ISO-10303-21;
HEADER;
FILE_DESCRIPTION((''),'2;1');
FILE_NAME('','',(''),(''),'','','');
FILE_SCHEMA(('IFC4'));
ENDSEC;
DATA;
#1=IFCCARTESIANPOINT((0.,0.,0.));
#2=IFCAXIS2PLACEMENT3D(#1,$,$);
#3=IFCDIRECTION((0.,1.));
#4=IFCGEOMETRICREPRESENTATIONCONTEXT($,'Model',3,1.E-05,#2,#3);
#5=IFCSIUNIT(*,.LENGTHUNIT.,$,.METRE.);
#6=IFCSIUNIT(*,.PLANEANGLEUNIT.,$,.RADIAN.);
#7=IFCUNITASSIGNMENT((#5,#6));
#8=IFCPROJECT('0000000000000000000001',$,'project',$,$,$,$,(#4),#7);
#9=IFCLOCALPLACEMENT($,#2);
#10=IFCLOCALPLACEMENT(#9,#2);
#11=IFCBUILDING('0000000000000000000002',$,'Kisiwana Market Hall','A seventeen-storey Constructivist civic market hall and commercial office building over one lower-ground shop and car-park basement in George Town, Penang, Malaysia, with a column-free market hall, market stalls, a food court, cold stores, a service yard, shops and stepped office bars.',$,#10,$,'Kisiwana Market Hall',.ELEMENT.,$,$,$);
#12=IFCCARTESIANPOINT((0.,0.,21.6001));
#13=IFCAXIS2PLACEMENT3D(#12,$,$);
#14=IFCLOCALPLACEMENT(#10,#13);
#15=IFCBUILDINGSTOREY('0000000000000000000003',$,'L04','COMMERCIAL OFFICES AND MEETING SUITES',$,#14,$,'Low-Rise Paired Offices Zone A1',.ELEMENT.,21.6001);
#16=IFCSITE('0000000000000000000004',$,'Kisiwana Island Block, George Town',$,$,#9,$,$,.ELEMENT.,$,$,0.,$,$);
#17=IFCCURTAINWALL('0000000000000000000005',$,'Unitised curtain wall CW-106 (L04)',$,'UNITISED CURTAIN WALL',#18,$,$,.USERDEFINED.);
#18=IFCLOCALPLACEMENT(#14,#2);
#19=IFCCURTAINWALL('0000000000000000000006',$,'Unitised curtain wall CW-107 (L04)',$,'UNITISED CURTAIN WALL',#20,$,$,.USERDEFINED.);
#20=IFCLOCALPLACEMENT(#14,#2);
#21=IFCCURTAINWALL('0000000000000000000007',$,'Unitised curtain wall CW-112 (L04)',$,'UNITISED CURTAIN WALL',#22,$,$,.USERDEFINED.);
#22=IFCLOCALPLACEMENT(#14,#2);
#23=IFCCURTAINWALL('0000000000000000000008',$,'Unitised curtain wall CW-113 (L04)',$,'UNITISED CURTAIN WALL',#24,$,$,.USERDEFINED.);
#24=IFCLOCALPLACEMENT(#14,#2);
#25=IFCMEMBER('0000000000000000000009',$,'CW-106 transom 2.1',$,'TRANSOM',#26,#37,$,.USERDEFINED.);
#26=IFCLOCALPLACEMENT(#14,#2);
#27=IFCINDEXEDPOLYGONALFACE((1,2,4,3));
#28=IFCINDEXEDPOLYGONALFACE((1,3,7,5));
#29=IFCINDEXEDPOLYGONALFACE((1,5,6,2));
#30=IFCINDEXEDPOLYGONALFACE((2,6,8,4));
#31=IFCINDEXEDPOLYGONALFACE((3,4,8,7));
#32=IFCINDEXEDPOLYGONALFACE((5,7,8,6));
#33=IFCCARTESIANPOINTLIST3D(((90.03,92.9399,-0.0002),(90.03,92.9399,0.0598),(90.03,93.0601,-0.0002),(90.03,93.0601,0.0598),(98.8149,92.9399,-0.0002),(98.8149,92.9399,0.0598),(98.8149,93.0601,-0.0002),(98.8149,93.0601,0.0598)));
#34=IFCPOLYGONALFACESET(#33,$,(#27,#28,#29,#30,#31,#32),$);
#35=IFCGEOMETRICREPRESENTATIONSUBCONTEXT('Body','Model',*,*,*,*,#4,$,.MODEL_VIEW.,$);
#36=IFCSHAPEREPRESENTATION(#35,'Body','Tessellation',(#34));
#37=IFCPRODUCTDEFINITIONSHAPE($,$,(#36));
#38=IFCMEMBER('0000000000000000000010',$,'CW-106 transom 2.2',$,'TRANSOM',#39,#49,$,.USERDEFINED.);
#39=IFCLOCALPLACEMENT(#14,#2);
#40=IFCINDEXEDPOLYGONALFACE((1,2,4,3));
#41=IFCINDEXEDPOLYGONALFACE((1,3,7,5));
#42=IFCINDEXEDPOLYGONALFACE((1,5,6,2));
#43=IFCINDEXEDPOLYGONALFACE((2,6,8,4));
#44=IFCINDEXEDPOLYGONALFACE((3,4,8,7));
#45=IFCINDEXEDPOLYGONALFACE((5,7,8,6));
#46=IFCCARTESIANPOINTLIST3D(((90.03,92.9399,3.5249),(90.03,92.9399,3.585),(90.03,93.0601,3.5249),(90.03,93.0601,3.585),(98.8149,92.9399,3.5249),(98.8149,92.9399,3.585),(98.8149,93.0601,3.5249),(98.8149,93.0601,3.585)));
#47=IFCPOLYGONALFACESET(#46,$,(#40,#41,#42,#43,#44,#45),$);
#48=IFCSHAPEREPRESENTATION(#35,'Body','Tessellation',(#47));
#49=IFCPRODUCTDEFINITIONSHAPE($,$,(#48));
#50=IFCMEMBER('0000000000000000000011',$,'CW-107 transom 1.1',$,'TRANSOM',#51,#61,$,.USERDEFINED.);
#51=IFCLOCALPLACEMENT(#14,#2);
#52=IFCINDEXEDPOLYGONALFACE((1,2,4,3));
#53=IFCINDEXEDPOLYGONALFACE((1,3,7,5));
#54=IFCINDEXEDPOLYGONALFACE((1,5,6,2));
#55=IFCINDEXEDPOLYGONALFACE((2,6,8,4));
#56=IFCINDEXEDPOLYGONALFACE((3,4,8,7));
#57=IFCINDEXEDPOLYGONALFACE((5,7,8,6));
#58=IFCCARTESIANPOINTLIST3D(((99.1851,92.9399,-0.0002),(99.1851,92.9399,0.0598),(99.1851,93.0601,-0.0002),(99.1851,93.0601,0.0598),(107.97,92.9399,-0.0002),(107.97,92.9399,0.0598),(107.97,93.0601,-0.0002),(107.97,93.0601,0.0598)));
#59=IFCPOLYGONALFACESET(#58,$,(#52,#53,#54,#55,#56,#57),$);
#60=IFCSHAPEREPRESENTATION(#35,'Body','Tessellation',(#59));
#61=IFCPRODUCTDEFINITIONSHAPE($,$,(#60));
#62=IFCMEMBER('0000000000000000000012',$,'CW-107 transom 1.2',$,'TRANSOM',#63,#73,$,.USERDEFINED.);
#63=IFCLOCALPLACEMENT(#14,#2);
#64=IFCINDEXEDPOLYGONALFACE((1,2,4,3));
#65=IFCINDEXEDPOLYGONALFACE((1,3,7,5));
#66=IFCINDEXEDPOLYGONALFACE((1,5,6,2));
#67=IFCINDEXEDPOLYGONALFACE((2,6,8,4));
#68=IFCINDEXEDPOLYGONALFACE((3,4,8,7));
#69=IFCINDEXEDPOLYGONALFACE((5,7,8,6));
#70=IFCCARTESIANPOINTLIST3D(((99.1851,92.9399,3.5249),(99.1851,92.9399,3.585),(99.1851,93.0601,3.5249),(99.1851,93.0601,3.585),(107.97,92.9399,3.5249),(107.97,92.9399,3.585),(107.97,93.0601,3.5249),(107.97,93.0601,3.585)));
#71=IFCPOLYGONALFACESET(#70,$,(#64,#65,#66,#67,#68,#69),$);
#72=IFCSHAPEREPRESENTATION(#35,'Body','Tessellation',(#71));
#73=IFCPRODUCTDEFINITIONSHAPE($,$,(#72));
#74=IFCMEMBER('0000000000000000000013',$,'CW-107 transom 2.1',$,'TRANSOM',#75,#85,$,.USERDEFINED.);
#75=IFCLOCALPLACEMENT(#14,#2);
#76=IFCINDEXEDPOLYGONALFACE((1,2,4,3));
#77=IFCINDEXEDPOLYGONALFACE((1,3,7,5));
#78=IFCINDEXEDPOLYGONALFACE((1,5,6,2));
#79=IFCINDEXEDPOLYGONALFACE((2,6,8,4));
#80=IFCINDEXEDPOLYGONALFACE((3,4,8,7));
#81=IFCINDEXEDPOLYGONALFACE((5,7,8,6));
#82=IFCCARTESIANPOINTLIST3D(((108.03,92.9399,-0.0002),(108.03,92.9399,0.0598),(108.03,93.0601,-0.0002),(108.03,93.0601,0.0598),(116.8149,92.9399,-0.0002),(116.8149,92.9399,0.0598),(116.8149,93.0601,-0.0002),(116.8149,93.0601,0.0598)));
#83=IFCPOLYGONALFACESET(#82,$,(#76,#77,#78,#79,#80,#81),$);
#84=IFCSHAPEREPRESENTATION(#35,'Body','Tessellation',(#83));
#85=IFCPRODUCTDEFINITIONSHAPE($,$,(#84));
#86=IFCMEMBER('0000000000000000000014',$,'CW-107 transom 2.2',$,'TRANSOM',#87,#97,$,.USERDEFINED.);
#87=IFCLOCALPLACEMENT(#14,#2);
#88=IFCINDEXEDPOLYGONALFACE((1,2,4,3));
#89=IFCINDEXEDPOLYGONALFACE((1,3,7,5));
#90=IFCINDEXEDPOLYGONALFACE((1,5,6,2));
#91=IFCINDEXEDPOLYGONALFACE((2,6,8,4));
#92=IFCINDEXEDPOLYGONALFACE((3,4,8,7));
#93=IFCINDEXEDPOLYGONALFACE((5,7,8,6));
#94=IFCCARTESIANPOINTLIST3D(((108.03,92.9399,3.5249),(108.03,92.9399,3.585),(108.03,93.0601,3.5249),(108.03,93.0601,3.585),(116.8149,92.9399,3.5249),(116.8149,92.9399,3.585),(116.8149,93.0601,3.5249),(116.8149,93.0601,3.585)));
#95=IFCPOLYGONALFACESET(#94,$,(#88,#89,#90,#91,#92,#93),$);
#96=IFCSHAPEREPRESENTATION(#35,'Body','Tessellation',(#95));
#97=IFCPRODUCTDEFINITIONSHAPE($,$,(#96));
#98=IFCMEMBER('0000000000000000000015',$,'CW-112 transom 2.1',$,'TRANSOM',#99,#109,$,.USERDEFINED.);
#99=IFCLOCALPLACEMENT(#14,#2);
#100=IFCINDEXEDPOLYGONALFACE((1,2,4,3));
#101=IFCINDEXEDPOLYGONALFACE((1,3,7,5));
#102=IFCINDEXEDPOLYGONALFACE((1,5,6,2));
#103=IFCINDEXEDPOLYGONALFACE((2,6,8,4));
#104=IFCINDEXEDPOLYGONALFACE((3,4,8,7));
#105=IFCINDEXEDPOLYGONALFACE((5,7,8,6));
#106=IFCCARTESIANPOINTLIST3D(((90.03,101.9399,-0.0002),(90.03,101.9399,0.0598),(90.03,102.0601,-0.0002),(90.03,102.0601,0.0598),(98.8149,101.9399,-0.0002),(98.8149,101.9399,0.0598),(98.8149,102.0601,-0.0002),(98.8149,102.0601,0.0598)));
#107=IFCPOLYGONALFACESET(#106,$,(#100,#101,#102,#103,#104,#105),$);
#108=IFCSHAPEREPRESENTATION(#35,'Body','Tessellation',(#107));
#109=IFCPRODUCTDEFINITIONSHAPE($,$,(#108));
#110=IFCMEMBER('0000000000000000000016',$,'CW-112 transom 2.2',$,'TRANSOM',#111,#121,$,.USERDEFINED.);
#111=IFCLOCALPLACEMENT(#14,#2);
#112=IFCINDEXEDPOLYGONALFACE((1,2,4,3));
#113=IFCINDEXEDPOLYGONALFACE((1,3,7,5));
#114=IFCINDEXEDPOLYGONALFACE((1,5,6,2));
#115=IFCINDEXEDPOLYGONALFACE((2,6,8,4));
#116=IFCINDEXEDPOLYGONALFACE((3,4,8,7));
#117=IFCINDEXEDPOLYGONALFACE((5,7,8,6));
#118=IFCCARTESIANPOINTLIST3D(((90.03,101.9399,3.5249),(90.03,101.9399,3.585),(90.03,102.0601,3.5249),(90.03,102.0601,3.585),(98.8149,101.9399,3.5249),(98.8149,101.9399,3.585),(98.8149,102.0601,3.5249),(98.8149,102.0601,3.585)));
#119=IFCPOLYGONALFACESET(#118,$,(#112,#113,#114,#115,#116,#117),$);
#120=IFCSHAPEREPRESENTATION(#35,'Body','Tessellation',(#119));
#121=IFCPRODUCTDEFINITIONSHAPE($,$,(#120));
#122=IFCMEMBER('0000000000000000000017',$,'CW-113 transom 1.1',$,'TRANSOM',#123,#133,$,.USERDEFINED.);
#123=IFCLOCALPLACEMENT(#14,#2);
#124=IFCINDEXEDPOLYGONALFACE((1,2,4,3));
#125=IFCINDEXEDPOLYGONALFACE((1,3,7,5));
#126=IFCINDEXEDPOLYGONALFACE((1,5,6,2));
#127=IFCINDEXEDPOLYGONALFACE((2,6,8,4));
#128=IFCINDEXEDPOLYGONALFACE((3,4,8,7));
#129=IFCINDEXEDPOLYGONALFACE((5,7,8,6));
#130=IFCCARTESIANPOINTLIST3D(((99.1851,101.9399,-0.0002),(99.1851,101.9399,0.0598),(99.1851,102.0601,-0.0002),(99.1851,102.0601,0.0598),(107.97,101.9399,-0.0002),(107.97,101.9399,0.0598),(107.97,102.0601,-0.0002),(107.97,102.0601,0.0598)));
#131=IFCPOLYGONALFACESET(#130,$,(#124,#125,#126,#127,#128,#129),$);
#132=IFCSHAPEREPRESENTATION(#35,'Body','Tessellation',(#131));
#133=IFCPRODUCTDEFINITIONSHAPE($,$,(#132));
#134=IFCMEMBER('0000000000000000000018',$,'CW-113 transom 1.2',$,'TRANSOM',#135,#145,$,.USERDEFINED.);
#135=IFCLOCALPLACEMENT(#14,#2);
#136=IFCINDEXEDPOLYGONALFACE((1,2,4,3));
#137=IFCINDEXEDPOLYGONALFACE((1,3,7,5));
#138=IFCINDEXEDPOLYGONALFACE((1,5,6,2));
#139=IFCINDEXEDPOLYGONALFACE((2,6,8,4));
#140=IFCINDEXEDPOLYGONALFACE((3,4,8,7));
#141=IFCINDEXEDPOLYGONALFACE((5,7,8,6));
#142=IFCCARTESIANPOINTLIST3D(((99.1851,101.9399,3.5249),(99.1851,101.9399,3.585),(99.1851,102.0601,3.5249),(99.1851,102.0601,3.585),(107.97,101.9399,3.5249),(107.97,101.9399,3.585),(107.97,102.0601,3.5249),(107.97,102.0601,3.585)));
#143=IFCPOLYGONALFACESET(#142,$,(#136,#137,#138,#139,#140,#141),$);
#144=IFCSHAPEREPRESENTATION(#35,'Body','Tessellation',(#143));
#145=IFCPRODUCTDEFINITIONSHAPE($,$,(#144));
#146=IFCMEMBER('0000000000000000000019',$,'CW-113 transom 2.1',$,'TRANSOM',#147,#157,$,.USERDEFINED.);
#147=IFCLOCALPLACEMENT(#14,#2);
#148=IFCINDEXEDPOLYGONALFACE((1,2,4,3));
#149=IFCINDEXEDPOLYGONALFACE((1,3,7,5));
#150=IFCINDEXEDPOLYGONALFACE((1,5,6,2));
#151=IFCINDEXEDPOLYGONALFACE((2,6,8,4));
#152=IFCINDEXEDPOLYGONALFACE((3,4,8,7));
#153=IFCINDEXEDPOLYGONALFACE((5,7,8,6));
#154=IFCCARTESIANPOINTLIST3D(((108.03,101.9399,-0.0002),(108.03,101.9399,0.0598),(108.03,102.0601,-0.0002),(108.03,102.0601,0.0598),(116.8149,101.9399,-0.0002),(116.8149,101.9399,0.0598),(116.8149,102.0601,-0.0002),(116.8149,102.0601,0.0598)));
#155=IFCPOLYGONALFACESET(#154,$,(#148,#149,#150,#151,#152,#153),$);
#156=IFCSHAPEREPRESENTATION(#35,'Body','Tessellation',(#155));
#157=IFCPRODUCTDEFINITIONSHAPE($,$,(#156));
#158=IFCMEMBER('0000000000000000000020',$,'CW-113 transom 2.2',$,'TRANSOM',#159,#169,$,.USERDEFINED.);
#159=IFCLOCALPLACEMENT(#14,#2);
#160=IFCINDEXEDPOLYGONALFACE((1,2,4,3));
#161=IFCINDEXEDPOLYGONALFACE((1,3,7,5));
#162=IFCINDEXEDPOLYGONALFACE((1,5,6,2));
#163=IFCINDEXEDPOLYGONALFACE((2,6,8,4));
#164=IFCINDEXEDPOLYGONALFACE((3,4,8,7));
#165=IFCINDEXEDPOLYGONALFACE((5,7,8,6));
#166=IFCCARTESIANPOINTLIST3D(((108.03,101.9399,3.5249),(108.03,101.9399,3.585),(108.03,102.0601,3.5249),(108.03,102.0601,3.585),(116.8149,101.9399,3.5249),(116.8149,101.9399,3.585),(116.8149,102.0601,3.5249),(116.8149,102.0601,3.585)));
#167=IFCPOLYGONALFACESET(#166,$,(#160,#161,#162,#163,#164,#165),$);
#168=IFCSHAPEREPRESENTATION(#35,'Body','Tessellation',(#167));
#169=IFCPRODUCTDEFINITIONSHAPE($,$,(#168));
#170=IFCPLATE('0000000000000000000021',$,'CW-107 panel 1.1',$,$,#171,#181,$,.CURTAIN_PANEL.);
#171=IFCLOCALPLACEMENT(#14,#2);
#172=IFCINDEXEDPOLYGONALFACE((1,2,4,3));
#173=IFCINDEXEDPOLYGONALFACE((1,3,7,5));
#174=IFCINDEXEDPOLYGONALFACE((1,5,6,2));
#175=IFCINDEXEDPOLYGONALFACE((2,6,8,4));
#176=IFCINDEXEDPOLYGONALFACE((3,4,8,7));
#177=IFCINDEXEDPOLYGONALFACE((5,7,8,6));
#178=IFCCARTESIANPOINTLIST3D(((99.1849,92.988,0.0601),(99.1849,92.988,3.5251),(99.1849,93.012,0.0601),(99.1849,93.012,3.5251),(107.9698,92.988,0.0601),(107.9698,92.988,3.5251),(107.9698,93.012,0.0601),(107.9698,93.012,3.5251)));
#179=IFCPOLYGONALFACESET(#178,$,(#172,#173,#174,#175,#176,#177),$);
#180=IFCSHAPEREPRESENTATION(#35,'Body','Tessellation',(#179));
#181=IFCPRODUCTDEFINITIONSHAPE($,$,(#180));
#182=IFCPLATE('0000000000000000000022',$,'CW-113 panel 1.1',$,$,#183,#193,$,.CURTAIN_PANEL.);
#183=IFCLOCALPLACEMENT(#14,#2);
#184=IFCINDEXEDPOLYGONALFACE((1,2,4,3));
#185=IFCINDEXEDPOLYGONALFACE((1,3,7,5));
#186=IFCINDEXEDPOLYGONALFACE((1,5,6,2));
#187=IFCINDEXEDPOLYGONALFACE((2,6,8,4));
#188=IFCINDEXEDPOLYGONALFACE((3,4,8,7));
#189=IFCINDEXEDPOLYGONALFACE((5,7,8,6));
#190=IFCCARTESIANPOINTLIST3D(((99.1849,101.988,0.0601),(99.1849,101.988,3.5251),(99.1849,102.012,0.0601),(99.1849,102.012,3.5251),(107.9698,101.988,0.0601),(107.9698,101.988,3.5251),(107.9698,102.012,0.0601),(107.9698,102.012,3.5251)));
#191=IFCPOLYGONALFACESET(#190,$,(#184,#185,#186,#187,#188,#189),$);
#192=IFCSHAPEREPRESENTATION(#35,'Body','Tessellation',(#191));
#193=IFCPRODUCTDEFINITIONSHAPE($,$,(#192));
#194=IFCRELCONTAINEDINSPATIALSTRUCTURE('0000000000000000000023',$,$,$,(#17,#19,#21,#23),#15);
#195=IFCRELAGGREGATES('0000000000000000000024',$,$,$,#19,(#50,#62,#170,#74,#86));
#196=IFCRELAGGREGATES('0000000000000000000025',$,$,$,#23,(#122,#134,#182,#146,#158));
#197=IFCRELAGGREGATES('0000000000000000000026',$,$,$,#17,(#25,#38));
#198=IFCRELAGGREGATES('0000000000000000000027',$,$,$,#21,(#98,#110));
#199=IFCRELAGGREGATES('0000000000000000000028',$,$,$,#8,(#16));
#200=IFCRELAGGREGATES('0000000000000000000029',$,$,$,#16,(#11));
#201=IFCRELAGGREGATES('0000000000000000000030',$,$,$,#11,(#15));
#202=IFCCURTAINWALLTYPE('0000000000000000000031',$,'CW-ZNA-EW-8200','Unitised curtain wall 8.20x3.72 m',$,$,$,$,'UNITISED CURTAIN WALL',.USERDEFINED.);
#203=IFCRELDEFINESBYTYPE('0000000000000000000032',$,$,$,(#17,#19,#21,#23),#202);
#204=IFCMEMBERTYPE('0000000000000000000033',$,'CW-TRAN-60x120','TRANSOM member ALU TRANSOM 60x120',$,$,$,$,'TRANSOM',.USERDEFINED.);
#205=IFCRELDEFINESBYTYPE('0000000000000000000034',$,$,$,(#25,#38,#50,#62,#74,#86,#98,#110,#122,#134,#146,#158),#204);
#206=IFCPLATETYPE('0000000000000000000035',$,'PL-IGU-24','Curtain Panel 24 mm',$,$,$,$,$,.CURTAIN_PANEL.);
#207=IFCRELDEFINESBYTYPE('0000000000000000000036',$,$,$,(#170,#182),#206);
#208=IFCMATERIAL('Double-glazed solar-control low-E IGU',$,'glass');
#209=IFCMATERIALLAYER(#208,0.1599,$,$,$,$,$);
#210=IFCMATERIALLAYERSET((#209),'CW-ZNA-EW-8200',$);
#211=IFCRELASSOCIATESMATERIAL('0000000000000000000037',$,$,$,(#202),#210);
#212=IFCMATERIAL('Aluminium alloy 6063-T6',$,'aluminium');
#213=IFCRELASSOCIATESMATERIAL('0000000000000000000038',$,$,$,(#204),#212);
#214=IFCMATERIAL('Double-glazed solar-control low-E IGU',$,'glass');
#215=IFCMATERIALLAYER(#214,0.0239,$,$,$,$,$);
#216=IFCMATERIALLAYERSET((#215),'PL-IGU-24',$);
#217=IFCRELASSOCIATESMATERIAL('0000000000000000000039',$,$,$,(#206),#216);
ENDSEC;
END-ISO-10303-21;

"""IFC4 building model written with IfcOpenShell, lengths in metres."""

from ifc_helpers import new_model, si_unit, direction, frame, origin, origin_2d, place, context, subcontext, project, spatial, rectangle, extrude, material, layer, layer_set, material_profile, profile_set, type_object, element, aggregate, save


model = new_model("IFC4")

# Units and contexts
model_context = context("Model", 3, precision=1e-05, world=origin(), true_north=direction((0.0, 1.0)))
body_context = subcontext(model_context, "Body", "Model", "MODEL_VIEW")
ifc_project = project(units=[si_unit("LENGTHUNIT", "METRE"), si_unit("PLANEANGLEUNIT", "RADIAN")], contexts=[model_context])

# Site, building, storey
site_placement = place(None, origin())
site = spatial("IfcSite", under=ifc_project, at=site_placement, Name="Kisiwana Island Block, George Town", CompositionType="ELEMENT", RefElevation=0.0)
building_placement = place(site_placement, origin())
building = spatial("IfcBuilding", under=site, at=building_placement, Name="Kisiwana Market Hall", Description="A seventeen-storey Constructivist civic market hall and commercial office building over one lower-ground shop and car-park basement in George Town, Penang, Malaysia, with a column-free market hall, market stalls, a food court, cold stores, a service yard, shops and stepped office bars.", LongName="Kisiwana Market Hall", CompositionType="ELEMENT")
storey_placement = place(building_placement, frame((0.0, 0.0, 21.6001)))
storey = spatial("IfcBuildingStorey", under=building, at=storey_placement, Name="L04", Description="COMMERCIAL OFFICES AND MEETING SUITES", LongName="Low-Rise Paired Offices Zone A1", CompositionType="ELEMENT", Elevation=21.6001)

# Curtain wall
ifc_material_1 = material(Name="Double-glazed solar-control low-E IGU", Category="glass")
ifc_layer_1 = layer(ifc_material_1, 0.1599)
ifc_layer_set_1 = layer_set([ifc_layer_1], Name="CW-ZNA-EW-8200")
curtain_wall_type = type_object("IfcCurtainWallType", Name="CW-ZNA-EW-8200", Description="Unitised curtain wall 8.20x3.72 m", ElementType="UNITISED CURTAIN WALL", PredefinedType="USERDEFINED", material=ifc_layer_set_1)
curtain_wall_1_placement = place(storey_placement, origin())
curtain_wall_1 = element("IfcCurtainWall", 1, at=curtain_wall_1_placement, inside=storey, type_object=curtain_wall_type, Name="Unitised curtain wall CW-106 (L04)", ObjectType="UNITISED CURTAIN WALL", PredefinedType="USERDEFINED")

# Curtain walls
curtain_wall_2_placement = place(storey_placement, origin())
curtain_wall_2 = element("IfcCurtainWall", 2, at=curtain_wall_2_placement, inside=storey, type_object=curtain_wall_type, Name="Unitised curtain wall CW-107 (L04)", ObjectType="UNITISED CURTAIN WALL", PredefinedType="USERDEFINED")
curtain_wall_3_placement = place(storey_placement, origin())
curtain_wall_3 = element("IfcCurtainWall", 3, at=curtain_wall_3_placement, inside=storey, type_object=curtain_wall_type, Name="Unitised curtain wall CW-112 (L04)", ObjectType="UNITISED CURTAIN WALL", PredefinedType="USERDEFINED")
curtain_wall_4_placement = place(storey_placement, origin())
curtain_wall_4 = element("IfcCurtainWall", 4, at=curtain_wall_4_placement, inside=storey, type_object=curtain_wall_type, Name="Unitised curtain wall CW-113 (L04)", ObjectType="UNITISED CURTAIN WALL", PredefinedType="USERDEFINED")

# Members
ifc_material_2 = material(Name="Aluminium alloy 6063-T6", Category="aluminium")
ifc_material_profile_1 = material_profile(ifc_material_2, rectangle(XDim=0.1201, YDim=0.0601, at=origin_2d()), Name="ALU TRANSOM 60x120")
ifc_profile_set_1 = profile_set([ifc_material_profile_1], Name="Aluminium alloy 6063-T6")
member_type_1 = type_object("IfcMemberType", Name="CW-TRAN-60x120", Description="TRANSOM member ALU TRANSOM 60x120", ElementType="TRANSOM", PredefinedType="USERDEFINED", material=ifc_profile_set_1)
member_1_placement = place(storey_placement, frame((90.03, 93.0, 0.0298), z_axis=(1.0, 0.0, 0.0), x_axis=(0.0, 1.0, 0.0)))
member_1 = element("IfcMember", 5, at=member_1_placement, type_object=member_type_1, Name="CW-106 transom 2.1", ObjectType="TRANSOM", PredefinedType="USERDEFINED", context=body_context, shape_type="SweptSolid", body=[
    extrude(rectangle(XDim=0.1201, YDim=0.0601, at=origin_2d()), origin(), (0.0, 0.0, 1.0), 8.7849),
])
member_2_placement = place(storey_placement, frame((90.03, 93.0, 3.5549), z_axis=(1.0, 0.0, 0.0), x_axis=(0.0, 1.0, 0.0)))
member_2 = element("IfcMember", 6, at=member_2_placement, type_object=member_type_1, Name="CW-106 transom 2.2", ObjectType="TRANSOM", PredefinedType="USERDEFINED", context=body_context, shape_type="SweptSolid", body=[
    extrude(rectangle(XDim=0.1201, YDim=0.0601, at=origin_2d()), origin(), (0.0, 0.0, 1.0), 8.7849),
])
member_3_placement = place(storey_placement, frame((99.1851, 93.0, 0.0298), z_axis=(1.0, 0.0, 0.0), x_axis=(0.0, 1.0, 0.0)))
member_3 = element("IfcMember", 7, at=member_3_placement, type_object=member_type_1, Name="CW-107 transom 1.1", ObjectType="TRANSOM", PredefinedType="USERDEFINED", context=body_context, shape_type="SweptSolid", body=[
    extrude(rectangle(XDim=0.1201, YDim=0.0601, at=origin_2d()), origin(), (0.0, 0.0, 1.0), 8.7849),
])
member_4_placement = place(storey_placement, frame((99.1851, 93.0, 3.5549), z_axis=(1.0, 0.0, 0.0), x_axis=(0.0, 1.0, 0.0)))
member_4 = element("IfcMember", 8, at=member_4_placement, type_object=member_type_1, Name="CW-107 transom 1.2", ObjectType="TRANSOM", PredefinedType="USERDEFINED", context=body_context, shape_type="SweptSolid", body=[
    extrude(rectangle(XDim=0.1201, YDim=0.0601, at=origin_2d()), origin(), (0.0, 0.0, 1.0), 8.7849),
])
member_5_placement = place(storey_placement, frame((108.03, 93.0, 0.0298), z_axis=(1.0, 0.0, 0.0), x_axis=(0.0, 1.0, 0.0)))
member_5 = element("IfcMember", 9, at=member_5_placement, type_object=member_type_1, Name="CW-107 transom 2.1", ObjectType="TRANSOM", PredefinedType="USERDEFINED", context=body_context, shape_type="SweptSolid", body=[
    extrude(rectangle(XDim=0.1201, YDim=0.0601, at=origin_2d()), origin(), (0.0, 0.0, 1.0), 8.7849),
])
member_6_placement = place(storey_placement, frame((108.03, 93.0, 3.5549), z_axis=(1.0, 0.0, 0.0), x_axis=(0.0, 1.0, 0.0)))
member_6 = element("IfcMember", 10, at=member_6_placement, type_object=member_type_1, Name="CW-107 transom 2.2", ObjectType="TRANSOM", PredefinedType="USERDEFINED", context=body_context, shape_type="SweptSolid", body=[
    extrude(rectangle(XDim=0.1201, YDim=0.0601, at=origin_2d()), origin(), (0.0, 0.0, 1.0), 8.7849),
])
member_7_placement = place(storey_placement, frame((90.03, 102.0, 0.0298), z_axis=(1.0, 0.0, 0.0), x_axis=(0.0, 1.0, 0.0)))
member_7 = element("IfcMember", 11, at=member_7_placement, type_object=member_type_1, Name="CW-112 transom 2.1", ObjectType="TRANSOM", PredefinedType="USERDEFINED", context=body_context, shape_type="SweptSolid", body=[
    extrude(rectangle(XDim=0.1201, YDim=0.0601, at=origin_2d()), origin(), (0.0, 0.0, 1.0), 8.7849),
])
member_8_placement = place(storey_placement, frame((90.03, 102.0, 3.5549), z_axis=(1.0, 0.0, 0.0), x_axis=(0.0, 1.0, 0.0)))
member_8 = element("IfcMember", 12, at=member_8_placement, type_object=member_type_1, Name="CW-112 transom 2.2", ObjectType="TRANSOM", PredefinedType="USERDEFINED", context=body_context, shape_type="SweptSolid", body=[
    extrude(rectangle(XDim=0.1201, YDim=0.0601, at=origin_2d()), origin(), (0.0, 0.0, 1.0), 8.7849),
])
member_9_placement = place(storey_placement, frame((99.1851, 102.0, 0.0298), z_axis=(1.0, 0.0, 0.0), x_axis=(0.0, 1.0, 0.0)))
member_9 = element("IfcMember", 13, at=member_9_placement, type_object=member_type_1, Name="CW-113 transom 1.1", ObjectType="TRANSOM", PredefinedType="USERDEFINED", context=body_context, shape_type="SweptSolid", body=[
    extrude(rectangle(XDim=0.1201, YDim=0.0601, at=origin_2d()), origin(), (0.0, 0.0, 1.0), 8.7849),
])
member_10_placement = place(storey_placement, frame((99.1851, 102.0, 3.5549), z_axis=(1.0, 0.0, 0.0), x_axis=(0.0, 1.0, 0.0)))
member_10 = element("IfcMember", 14, at=member_10_placement, type_object=member_type_1, Name="CW-113 transom 1.2", ObjectType="TRANSOM", PredefinedType="USERDEFINED", context=body_context, shape_type="SweptSolid", body=[
    extrude(rectangle(XDim=0.1201, YDim=0.0601, at=origin_2d()), origin(), (0.0, 0.0, 1.0), 8.7849),
])
member_11_placement = place(storey_placement, frame((108.03, 102.0, 0.0298), z_axis=(1.0, 0.0, 0.0), x_axis=(0.0, 1.0, 0.0)))
member_11 = element("IfcMember", 15, at=member_11_placement, type_object=member_type_1, Name="CW-113 transom 2.1", ObjectType="TRANSOM", PredefinedType="USERDEFINED", context=body_context, shape_type="SweptSolid", body=[
    extrude(rectangle(XDim=0.1201, YDim=0.0601, at=origin_2d()), origin(), (0.0, 0.0, 1.0), 8.7849),
])
member_12_placement = place(storey_placement, frame((108.03, 102.0, 3.5549), z_axis=(1.0, 0.0, 0.0), x_axis=(0.0, 1.0, 0.0)))
member_12 = element("IfcMember", 16, at=member_12_placement, type_object=member_type_1, Name="CW-113 transom 2.2", ObjectType="TRANSOM", PredefinedType="USERDEFINED", context=body_context, shape_type="SweptSolid", body=[
    extrude(rectangle(XDim=0.1201, YDim=0.0601, at=origin_2d()), origin(), (0.0, 0.0, 1.0), 8.7849),
])

# Plates
ifc_material_3 = material(Name="Double-glazed solar-control low-E IGU", Category="glass")
ifc_layer_2 = layer(ifc_material_3, 0.0239)
ifc_layer_set_2 = layer_set([ifc_layer_2], Name="PL-IGU-24")
plate_type_1 = type_object("IfcPlateType", Name="PL-IGU-24", Description="Curtain Panel 24 mm", PredefinedType="CURTAIN_PANEL", material=ifc_layer_set_2)
plate_1_placement = place(storey_placement, frame((103.5774, 93.0, 0.0601), z_axis=(0.0, 0.0, 1.0), x_axis=(1.0, 0.0, 0.0)))
plate_1 = element("IfcPlate", 17, at=plate_1_placement, type_object=plate_type_1, Name="CW-107 panel 1.1", PredefinedType="CURTAIN_PANEL", context=body_context, shape_type="SweptSolid", body=[
    extrude(rectangle(XDim=8.7849, YDim=0.0239, at=origin_2d()), origin(), (0.0, 0.0, 1.0), 3.4651),
])
aggregate(curtain_wall_2, [member_3, member_4, plate_1, member_5, member_6])
plate_2_placement = place(storey_placement, frame((103.5774, 102.0, 0.0601), z_axis=(0.0, 0.0, 1.0), x_axis=(1.0, 0.0, 0.0)))
plate_2 = element("IfcPlate", 18, at=plate_2_placement, type_object=plate_type_1, Name="CW-113 panel 1.1", PredefinedType="CURTAIN_PANEL", context=body_context, shape_type="SweptSolid", body=[
    extrude(rectangle(XDim=8.7849, YDim=0.0239, at=origin_2d()), origin(), (0.0, 0.0, 1.0), 3.4651),
])
aggregate(curtain_wall_4, [member_9, member_10, plate_2, member_11, member_12])
aggregate(curtain_wall_1, [member_1, member_2])
aggregate(curtain_wall_3, [member_7, member_8])

save(model, "model.ifc")
